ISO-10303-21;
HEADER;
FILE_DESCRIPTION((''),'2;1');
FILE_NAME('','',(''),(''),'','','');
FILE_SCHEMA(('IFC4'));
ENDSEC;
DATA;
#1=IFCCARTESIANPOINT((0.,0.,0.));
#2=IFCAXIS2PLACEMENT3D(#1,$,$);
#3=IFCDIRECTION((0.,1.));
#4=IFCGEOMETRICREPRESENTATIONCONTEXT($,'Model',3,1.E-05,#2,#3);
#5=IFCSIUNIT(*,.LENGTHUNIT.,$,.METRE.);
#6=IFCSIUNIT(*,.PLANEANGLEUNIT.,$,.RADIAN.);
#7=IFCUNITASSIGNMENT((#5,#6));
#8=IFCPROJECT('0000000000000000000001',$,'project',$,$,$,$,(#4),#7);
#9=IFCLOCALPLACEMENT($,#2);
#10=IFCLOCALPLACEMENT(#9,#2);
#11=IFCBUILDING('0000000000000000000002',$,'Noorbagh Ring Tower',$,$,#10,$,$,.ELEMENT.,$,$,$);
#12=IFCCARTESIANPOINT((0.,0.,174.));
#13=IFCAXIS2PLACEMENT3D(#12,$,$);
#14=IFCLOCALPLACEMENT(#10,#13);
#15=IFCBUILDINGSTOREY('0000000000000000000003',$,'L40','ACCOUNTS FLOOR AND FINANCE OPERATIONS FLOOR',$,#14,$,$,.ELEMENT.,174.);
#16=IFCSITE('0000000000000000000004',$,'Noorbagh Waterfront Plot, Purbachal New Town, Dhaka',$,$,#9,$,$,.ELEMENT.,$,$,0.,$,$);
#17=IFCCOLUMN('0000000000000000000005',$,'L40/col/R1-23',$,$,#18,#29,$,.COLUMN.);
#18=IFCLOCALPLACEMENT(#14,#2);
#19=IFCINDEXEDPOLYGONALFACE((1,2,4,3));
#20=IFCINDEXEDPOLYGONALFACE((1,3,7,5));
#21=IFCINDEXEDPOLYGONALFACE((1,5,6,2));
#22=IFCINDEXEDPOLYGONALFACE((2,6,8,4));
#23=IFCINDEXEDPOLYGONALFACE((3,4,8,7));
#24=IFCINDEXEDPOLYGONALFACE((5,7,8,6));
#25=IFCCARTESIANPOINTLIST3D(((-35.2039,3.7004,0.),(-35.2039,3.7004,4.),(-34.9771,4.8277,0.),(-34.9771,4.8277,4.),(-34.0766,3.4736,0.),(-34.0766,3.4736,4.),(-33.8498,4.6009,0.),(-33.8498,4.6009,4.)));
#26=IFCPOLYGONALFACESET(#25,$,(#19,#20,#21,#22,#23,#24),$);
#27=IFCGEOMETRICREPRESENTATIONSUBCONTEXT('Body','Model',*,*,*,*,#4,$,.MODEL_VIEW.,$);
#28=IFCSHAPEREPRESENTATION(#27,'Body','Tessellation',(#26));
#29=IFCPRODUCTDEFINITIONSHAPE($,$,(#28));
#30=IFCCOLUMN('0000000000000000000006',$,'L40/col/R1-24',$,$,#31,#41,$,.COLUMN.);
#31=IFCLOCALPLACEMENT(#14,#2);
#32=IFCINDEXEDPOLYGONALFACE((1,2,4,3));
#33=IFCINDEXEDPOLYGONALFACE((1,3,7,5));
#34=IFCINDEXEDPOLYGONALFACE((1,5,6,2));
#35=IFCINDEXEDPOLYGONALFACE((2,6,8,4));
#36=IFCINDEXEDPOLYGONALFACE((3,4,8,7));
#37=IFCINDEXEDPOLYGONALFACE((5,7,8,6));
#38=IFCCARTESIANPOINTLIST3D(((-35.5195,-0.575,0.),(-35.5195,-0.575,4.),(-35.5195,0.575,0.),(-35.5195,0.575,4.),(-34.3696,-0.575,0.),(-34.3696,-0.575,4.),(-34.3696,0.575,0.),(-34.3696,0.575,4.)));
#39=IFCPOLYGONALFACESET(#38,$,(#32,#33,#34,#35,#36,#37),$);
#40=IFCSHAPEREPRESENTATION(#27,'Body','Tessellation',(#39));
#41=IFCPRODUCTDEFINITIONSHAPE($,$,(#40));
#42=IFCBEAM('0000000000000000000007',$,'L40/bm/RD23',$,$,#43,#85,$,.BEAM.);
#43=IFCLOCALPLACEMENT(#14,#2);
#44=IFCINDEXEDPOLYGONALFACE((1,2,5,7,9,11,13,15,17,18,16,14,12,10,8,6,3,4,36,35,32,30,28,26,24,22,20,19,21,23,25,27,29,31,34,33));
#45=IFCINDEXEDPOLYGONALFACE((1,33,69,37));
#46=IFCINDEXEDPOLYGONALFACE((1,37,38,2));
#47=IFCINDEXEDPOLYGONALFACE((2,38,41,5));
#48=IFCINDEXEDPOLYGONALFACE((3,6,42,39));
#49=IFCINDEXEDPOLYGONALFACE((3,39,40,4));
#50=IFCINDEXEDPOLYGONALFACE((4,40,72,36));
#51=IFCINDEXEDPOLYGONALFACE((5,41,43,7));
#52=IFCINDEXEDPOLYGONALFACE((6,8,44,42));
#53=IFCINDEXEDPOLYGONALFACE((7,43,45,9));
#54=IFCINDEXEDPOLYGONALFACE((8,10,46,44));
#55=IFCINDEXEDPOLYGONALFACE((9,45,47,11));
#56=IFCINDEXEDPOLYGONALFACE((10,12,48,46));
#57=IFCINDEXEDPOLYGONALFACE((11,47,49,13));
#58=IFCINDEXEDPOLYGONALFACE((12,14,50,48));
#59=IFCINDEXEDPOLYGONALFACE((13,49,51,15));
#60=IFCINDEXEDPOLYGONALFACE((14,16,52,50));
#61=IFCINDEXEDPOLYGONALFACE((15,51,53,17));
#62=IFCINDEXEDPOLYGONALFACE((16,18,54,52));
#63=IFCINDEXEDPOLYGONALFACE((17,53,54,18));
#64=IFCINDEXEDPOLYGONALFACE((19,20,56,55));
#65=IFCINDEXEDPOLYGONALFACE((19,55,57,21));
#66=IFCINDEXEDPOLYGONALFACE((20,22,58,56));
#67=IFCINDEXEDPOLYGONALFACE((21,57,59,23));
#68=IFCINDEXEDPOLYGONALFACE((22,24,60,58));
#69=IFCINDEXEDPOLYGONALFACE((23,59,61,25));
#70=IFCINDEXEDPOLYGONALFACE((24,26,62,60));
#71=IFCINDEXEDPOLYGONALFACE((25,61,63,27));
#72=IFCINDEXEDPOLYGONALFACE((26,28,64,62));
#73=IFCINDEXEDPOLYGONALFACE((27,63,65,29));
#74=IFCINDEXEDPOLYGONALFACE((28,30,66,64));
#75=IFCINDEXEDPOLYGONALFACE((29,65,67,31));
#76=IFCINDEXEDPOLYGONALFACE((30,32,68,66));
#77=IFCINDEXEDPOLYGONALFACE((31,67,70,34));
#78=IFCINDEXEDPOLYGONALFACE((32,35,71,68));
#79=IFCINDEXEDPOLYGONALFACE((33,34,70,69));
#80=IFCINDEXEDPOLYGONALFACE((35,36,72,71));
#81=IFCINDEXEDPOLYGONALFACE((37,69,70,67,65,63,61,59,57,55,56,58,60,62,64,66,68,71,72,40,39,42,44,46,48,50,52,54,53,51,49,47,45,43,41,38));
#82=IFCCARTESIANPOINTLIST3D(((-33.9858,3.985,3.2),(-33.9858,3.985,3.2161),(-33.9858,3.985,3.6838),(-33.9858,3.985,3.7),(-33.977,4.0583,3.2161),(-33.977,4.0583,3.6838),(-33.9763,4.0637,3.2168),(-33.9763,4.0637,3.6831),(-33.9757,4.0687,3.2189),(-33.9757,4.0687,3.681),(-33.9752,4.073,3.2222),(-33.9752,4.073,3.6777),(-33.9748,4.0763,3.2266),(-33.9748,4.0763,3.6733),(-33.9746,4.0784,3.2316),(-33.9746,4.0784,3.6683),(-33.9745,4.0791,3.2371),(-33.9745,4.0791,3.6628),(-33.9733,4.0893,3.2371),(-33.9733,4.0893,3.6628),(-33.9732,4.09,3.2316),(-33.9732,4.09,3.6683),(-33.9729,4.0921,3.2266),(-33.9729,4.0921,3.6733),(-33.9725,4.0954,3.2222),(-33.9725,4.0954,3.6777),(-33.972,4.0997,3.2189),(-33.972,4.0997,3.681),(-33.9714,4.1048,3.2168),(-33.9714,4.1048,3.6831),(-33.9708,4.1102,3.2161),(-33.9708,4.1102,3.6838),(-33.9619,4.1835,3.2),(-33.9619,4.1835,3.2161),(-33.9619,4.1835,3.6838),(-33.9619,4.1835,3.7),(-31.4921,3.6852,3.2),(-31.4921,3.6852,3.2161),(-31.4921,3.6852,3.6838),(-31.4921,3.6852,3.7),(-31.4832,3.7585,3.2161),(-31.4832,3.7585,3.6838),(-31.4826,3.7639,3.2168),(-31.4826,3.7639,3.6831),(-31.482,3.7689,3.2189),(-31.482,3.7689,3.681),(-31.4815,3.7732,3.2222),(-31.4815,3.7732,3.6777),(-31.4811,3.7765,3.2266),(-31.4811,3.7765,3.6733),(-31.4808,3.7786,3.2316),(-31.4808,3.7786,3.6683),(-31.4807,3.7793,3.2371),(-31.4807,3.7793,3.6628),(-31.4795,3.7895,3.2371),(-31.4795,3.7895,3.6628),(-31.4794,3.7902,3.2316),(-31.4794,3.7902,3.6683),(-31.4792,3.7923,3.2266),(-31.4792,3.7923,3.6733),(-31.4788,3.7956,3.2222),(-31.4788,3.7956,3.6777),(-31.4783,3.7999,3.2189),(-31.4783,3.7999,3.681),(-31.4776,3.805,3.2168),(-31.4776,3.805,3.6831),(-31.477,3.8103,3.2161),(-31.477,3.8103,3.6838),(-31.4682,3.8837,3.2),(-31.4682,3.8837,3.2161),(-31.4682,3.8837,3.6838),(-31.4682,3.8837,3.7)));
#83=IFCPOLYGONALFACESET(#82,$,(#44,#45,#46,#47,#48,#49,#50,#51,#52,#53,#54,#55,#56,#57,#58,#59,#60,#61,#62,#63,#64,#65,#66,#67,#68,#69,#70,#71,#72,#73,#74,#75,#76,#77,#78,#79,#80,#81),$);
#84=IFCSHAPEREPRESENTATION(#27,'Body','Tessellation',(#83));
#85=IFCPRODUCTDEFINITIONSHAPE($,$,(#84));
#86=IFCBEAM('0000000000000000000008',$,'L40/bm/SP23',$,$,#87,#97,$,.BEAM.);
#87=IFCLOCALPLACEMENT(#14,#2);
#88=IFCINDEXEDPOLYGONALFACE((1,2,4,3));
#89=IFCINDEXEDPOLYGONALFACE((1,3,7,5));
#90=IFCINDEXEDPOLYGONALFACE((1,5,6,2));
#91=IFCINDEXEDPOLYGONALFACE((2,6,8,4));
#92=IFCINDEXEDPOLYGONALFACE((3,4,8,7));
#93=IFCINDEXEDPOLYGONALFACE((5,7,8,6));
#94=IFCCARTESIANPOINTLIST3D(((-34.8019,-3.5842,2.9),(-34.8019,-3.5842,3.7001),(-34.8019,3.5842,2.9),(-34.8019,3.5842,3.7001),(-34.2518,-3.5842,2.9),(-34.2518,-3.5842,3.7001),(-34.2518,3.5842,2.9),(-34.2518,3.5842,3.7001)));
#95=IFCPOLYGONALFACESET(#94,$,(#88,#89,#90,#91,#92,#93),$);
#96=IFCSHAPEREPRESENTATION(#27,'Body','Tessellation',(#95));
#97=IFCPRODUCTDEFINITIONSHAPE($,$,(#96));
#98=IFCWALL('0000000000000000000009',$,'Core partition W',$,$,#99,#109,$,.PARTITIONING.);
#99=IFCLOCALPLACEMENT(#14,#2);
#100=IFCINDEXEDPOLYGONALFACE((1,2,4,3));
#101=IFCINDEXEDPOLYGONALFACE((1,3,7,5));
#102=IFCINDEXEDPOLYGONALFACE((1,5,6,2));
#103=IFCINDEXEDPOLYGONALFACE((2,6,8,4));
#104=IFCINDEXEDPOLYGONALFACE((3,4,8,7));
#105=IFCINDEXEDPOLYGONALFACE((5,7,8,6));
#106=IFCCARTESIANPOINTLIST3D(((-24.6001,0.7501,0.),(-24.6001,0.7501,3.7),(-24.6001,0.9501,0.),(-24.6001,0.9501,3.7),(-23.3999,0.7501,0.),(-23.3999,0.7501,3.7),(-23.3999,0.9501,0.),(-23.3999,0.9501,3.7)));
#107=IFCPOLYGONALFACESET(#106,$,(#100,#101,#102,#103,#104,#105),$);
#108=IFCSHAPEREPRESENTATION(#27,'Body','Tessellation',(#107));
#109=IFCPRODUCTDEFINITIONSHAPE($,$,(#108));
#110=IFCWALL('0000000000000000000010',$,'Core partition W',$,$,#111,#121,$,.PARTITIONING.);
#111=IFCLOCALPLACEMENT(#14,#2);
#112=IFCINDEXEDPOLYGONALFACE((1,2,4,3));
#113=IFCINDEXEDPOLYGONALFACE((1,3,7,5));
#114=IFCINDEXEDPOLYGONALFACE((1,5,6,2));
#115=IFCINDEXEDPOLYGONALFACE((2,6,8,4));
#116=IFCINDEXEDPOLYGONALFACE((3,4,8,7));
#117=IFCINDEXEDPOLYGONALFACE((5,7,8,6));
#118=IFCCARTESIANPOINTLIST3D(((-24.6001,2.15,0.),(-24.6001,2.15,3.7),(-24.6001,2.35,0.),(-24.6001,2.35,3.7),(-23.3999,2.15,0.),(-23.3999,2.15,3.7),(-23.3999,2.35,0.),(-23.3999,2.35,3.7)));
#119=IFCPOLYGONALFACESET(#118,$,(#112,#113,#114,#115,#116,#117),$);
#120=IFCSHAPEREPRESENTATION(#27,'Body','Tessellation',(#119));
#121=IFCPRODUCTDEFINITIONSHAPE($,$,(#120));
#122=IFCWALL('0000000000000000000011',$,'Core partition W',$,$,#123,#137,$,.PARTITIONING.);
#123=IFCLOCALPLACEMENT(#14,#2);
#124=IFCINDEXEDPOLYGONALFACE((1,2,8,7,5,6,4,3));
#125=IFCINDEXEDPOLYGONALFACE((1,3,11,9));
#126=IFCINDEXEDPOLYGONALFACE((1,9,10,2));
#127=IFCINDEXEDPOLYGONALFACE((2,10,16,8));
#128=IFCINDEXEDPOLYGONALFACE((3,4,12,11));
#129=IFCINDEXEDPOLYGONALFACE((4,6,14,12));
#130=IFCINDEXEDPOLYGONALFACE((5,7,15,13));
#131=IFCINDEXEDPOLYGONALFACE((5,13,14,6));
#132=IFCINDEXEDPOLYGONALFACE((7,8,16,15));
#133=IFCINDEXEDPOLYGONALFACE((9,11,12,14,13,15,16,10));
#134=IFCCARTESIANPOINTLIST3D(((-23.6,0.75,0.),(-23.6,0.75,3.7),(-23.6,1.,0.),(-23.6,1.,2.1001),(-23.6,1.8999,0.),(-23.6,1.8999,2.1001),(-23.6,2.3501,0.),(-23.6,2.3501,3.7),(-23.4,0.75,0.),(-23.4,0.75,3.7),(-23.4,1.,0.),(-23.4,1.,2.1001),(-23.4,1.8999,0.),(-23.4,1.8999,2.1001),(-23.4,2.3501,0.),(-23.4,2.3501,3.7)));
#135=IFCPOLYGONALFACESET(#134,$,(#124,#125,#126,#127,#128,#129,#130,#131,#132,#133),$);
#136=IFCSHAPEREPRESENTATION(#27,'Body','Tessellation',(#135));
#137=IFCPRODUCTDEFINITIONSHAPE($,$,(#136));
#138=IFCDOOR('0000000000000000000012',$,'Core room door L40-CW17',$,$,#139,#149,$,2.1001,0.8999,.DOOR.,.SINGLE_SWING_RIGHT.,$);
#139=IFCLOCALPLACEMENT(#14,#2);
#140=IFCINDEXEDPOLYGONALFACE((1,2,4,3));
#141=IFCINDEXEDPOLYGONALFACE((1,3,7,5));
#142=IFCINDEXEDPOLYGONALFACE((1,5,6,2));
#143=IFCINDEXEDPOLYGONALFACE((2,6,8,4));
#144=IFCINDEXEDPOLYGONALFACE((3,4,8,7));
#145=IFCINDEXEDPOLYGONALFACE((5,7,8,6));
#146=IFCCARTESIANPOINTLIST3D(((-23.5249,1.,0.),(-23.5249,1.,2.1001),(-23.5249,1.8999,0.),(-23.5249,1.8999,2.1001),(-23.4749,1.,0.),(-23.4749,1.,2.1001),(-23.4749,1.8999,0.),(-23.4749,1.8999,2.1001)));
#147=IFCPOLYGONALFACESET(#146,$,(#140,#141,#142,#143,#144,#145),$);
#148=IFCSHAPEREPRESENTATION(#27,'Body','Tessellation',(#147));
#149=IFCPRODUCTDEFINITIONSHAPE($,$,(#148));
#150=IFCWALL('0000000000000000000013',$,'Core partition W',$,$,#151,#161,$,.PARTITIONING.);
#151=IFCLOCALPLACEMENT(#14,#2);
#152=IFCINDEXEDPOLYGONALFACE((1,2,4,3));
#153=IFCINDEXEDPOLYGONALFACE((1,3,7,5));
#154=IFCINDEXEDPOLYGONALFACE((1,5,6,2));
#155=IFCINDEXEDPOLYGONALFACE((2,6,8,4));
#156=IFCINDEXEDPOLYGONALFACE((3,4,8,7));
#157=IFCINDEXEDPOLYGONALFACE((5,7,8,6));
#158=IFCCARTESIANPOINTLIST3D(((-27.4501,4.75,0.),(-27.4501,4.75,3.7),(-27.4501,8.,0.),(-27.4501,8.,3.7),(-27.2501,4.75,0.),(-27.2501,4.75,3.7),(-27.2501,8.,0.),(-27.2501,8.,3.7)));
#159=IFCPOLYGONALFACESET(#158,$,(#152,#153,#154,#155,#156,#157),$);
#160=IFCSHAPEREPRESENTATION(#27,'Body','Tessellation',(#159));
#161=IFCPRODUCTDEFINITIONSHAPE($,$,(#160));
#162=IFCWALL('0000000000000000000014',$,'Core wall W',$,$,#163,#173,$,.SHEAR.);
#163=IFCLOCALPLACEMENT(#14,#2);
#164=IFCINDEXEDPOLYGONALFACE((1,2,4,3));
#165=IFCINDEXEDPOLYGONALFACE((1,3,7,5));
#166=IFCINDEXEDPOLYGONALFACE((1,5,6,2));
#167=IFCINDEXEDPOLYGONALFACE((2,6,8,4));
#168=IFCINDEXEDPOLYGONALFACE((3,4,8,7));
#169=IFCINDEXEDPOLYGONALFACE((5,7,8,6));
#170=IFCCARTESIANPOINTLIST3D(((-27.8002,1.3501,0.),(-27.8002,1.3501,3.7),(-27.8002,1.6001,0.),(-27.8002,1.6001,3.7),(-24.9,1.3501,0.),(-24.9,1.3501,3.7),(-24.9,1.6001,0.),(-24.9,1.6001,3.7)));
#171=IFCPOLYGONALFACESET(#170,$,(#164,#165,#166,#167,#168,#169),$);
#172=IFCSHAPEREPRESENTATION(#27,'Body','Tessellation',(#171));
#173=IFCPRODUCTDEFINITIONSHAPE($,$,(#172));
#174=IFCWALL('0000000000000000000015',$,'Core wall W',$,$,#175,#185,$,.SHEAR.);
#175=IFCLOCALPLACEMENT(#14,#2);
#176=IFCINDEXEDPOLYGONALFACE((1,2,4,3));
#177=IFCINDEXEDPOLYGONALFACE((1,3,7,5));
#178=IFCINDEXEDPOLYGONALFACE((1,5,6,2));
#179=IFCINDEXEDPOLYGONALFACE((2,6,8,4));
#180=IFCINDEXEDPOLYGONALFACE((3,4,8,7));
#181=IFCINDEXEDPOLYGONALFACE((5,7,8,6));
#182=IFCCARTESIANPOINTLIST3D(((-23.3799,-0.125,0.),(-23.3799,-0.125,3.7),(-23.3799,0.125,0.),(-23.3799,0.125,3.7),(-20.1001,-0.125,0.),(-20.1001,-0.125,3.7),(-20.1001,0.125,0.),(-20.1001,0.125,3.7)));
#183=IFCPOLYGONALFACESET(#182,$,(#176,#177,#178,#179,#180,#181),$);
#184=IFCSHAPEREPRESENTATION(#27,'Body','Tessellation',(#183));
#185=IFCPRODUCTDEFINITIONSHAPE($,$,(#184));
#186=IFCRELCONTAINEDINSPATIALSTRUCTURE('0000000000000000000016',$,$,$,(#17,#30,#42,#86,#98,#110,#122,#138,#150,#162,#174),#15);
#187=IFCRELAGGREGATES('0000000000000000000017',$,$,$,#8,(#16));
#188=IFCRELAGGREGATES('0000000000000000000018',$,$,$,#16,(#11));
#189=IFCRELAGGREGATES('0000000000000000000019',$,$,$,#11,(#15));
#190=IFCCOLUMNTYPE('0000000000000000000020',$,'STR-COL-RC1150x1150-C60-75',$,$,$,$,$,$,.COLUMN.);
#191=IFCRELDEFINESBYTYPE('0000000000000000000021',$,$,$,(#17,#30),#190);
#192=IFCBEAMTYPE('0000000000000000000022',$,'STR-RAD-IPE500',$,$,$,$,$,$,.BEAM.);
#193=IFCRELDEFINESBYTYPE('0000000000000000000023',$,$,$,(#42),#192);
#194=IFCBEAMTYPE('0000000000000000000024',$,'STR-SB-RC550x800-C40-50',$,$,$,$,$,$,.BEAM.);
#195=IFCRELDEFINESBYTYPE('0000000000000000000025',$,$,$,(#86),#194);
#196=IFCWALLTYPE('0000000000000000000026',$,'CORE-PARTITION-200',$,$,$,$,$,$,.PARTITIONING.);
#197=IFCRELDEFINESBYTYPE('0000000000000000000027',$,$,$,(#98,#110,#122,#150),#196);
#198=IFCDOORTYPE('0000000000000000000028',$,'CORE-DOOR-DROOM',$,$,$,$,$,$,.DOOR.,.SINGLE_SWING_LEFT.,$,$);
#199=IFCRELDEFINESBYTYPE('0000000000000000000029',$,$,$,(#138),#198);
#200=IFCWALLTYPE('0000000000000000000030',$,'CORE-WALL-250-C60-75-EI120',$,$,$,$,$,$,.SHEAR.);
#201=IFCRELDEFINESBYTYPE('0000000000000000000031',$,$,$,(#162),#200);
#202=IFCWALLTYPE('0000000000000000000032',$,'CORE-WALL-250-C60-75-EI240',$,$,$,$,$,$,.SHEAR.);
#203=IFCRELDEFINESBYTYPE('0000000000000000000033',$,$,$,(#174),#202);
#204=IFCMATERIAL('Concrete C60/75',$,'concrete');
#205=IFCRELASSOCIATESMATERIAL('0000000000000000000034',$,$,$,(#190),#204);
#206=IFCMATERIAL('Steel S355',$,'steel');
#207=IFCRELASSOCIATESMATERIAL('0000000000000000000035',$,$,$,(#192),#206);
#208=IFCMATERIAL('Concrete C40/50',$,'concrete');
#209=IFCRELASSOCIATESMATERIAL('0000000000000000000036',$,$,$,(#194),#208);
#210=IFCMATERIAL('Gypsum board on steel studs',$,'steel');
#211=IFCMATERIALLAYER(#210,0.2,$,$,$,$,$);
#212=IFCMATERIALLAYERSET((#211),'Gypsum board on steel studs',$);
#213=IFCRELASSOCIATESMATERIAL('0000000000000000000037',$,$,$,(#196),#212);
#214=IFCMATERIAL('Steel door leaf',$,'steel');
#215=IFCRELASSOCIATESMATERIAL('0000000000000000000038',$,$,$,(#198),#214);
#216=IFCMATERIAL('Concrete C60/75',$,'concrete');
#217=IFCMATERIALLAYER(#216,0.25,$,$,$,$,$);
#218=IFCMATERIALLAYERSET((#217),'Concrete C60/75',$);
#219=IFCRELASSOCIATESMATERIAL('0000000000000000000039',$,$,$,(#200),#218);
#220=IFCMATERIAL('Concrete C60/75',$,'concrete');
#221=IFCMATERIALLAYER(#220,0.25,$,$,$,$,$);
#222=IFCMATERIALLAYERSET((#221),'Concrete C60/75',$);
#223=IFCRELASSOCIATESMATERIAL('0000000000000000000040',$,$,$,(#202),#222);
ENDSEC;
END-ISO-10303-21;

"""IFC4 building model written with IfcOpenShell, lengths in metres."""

from ifc_helpers import new_model, si_unit, direction, frame, frame_2d, origin, origin_2d, place, context, subcontext, project, spatial, rectangle, i_section, extrude, material, layer, layer_set, material_profile, profile_set, type_object, element, fill, save


model = new_model("IFC4")

# Units and contexts
model_context = context("Model", 3, precision=1e-05, world=origin(), true_north=direction((0.0, 1.0)))
body_context = subcontext(model_context, "Body", "Model", "MODEL_VIEW")
ifc_project = project(units=[si_unit("LENGTHUNIT", "METRE"), si_unit("PLANEANGLEUNIT", "RADIAN")], contexts=[model_context])

# Site, building, storey
site_placement = place(None, origin())
site = spatial("IfcSite", under=ifc_project, at=site_placement, Name="Noorbagh Waterfront Plot, Purbachal New Town, Dhaka", CompositionType="ELEMENT", RefElevation=0.0)
building_placement = place(site_placement, origin())
building = spatial("IfcBuilding", under=site, at=building_placement, Name="Noorbagh Ring Tower", CompositionType="ELEMENT")
storey_placement = place(building_placement, frame((0.0, 0.0, 174.0)))
storey = spatial("IfcBuildingStorey", under=building, at=storey_placement, Name="L40", Description="ACCOUNTS FLOOR AND FINANCE OPERATIONS FLOOR", CompositionType="ELEMENT", Elevation=174.0)

# Columns
ifc_material_1 = material(Name="Concrete C60/75", Category="concrete")
ifc_material_profile_1 = material_profile(ifc_material_1, rectangle(XDim=1.1499, YDim=1.1499, at=origin_2d()), Name="RC1150x1150")
ifc_profile_set_1 = profile_set([ifc_material_profile_1], Name="Concrete C60/75")
column_type = type_object("IfcColumnType", Name="STR-COL-RC1150x1150-C60-75", PredefinedType="COLUMN", material=ifc_profile_set_1)
for number, where, z_axis, x_axis, name in (
    (1, (-34.5269, 4.1506, 0.0), (0.0, 0.0, 1.0), (-0.19723, -0.980357, 0.0), "L40/col/R1-23"),
    (2, (-34.9446, 0.0, 0.0), (0.0, 0.0, 1.0), (0.0, -1.0, 0.0), "L40/col/R1-24"),
):
    element("IfcColumn", number, at=place(storey_placement, frame(where, z_axis=z_axis, x_axis=x_axis)), inside=storey, type_object=column_type, Name=name, PredefinedType="COLUMN", context=body_context, shape_type="SweptSolid", body=[
        extrude(rectangle(XDim=1.1499, YDim=1.1499, at=origin_2d()), origin(), (0.0, 0.0, 1.0), 4.0),
    ])

# Beams
ifc_material_2 = material(Name="Steel S355", Category="steel")
ifc_material_profile_2 = material_profile(ifc_material_2, i_section(OverallWidth=0.2, OverallDepth=0.5, WebThickness=0.0103, FlangeThickness=0.0161, FilletRadius=0.021, at=origin_2d()), Name="IPE500")
ifc_profile_set_2 = profile_set([ifc_material_profile_2], Name="Steel S355")
beam_type_1 = type_object("IfcBeamType", Name="STR-RAD-IPE500", PredefinedType="BEAM", material=ifc_profile_set_2)
beam_1_placement = place(storey_placement, frame((-33.9739, 4.0842, 3.45), z_axis=(0.99285, -0.119368, 0.0), x_axis=(0.119368, 0.99285, 0.0)))
element("IfcBeam", 3, at=beam_1_placement, inside=storey, type_object=beam_type_1, Name="L40/bm/RD23", PredefinedType="BEAM", context=body_context, shape_type="SweptSolid", body=[
    extrude(i_section(OverallWidth=0.2, OverallDepth=0.5, WebThickness=0.0103, FlangeThickness=0.0161, FilletRadius=0.021, at=origin_2d()), origin(), (0.0, 0.0, 1.0), 2.5117),
])
ifc_material_3 = material(Name="Concrete C40/50", Category="concrete")
ifc_material_profile_3 = material_profile(ifc_material_3, rectangle(XDim=0.55, YDim=0.8, at=origin_2d()), Name="RC550x800")
ifc_profile_set_3 = profile_set([ifc_material_profile_3], Name="Concrete C40/50")
beam_type_2 = type_object("IfcBeamType", Name="STR-SB-RC550x800-C40-50", PredefinedType="BEAM", material=ifc_profile_set_3)
beam_2_placement = place(storey_placement, frame((-34.5269, 3.5842, 3.3), z_axis=(0.0, -1.0, 0.0), x_axis=(1.0, 0.0, 0.0)))
element("IfcBeam", 4, at=beam_2_placement, inside=storey, type_object=beam_type_2, Name="L40/bm/SP23", PredefinedType="BEAM", context=body_context, shape_type="SweptSolid", body=[
    extrude(rectangle(XDim=0.55, YDim=0.8, at=origin_2d()), origin(), (0.0, 0.0, 1.0), 7.1685),
])

# Walls
ifc_material_4 = material(Name="Gypsum board on steel studs", Category="steel")
ifc_layer_1 = layer(ifc_material_4, 0.2)
ifc_layer_set_1 = layer_set([ifc_layer_1], Name="Gypsum board on steel studs")
wall_type_1 = type_object("IfcWallType", Name="CORE-PARTITION-200", PredefinedType="PARTITIONING", material=ifc_layer_set_1)
for number, where, z_axis, x_axis, name in (
    (5, (-23.3999, 0.8501, 0.0), (0.0, 0.0, 1.0), (-1.0, 0.0, 0.0), "Core partition W"),
    (6, (-23.3999, 2.25, 0.0), (0.0, 0.0, 1.0), (-1.0, 0.0, 0.0), "Core partition W"),
):
    element("IfcWall", number, at=place(storey_placement, frame(where, z_axis=z_axis, x_axis=x_axis)), inside=storey, type_object=wall_type_1, Name=name, PredefinedType="PARTITIONING", context=body_context, shape_type="SweptSolid", body=[
        extrude(rectangle(XDim=1.2002, YDim=0.2, at=frame_2d((0.6001, 0.0))), origin(), (0.0, 0.0, 1.0), 3.7),
    ])

# Wall, opening, door
wall_1_placement = place(storey_placement, frame((-23.5, 0.75, 0.0), z_axis=(0.0, 0.0, 1.0), x_axis=(0.0, 1.0, 0.0)))
wall_1 = element("IfcWall", 7, at=wall_1_placement, inside=storey, type_object=wall_type_1, Name="Core partition W", PredefinedType="PARTITIONING", context=body_context, shape_type="SweptSolid", body=[
    extrude(rectangle(XDim=1.6001, YDim=0.2, at=frame_2d((0.8, 0.0))), origin(), (0.0, 0.0, 1.0), 3.7),
])
opening_1_placement = place(wall_1_placement, frame((0.25, 0.0, 0.0)))
opening_1 = element("IfcOpeningElement", 8, at=opening_1_placement, cuts=wall_1, PredefinedType="OPENING", context=body_context, shape_type="SweptSolid", body=[
    extrude(rectangle(XDim=0.8999, YDim=2.1001, at=frame_2d((0.45, 1.05))), frame((0.0, 0.1099, 0.0), z_axis=(0.0, -1.0, 0.0), x_axis=(1.0, 0.0, 0.0)), (0.0, 0.0, 1.0), 0.22),
])
ifc_material_5 = material(Name="Steel door leaf", Category="steel")
door_type_1 = type_object("IfcDoorType", Name="CORE-DOOR-DROOM", OperationType="SINGLE_SWING_LEFT", PredefinedType="DOOR", material=ifc_material_5)
door_1_placement = place(opening_1_placement, origin())
door_1 = element("IfcDoor", 9, at=door_1_placement, inside=storey, type_object=door_type_1, Name="Core room door L40-CW17", OperationType="SINGLE_SWING_RIGHT", OverallHeight=2.1001, OverallWidth=0.8999, PredefinedType="DOOR", context=body_context, shape_type="SweptSolid", body=[
    extrude(rectangle(XDim=0.8999, YDim=2.1001, at=frame_2d((0.45, 1.05))), frame((0.0, 0.0249, 0.0), z_axis=(0.0, -1.0, 0.0), x_axis=(1.0, 0.0, 0.0)), (0.0, 0.0, 1.0), 0.05),
])
fill(opening_1, door_1)

# Walls
wall_2_placement = place(storey_placement, frame((-27.3501, 4.75, 0.0), z_axis=(0.0, 0.0, 1.0), x_axis=(0.0, 1.0, 0.0)))
element("IfcWall", 10, at=wall_2_placement, inside=storey, type_object=wall_type_1, Name="Core partition W", PredefinedType="PARTITIONING", context=body_context, shape_type="SweptSolid", body=[
    extrude(rectangle(XDim=3.25, YDim=0.2, at=frame_2d((1.625, 0.0))), origin(), (0.0, 0.0, 1.0), 3.7),
])
ifc_material_6 = material(Name="Concrete C60/75", Category="concrete")
ifc_layer_2 = layer(ifc_material_6, 0.25)
ifc_layer_set_2 = layer_set([ifc_layer_2], Name="Concrete C60/75")
wall_type_2 = type_object("IfcWallType", Name="CORE-WALL-250-C60-75-EI120", PredefinedType="SHEAR", material=ifc_layer_set_2)
wall_3_placement = place(storey_placement, frame((-24.8999, 1.4751, 0.0), z_axis=(0.0, 0.0, 1.0), x_axis=(-1.0, 0.0, 0.0)))
element("IfcWall", 11, at=wall_3_placement, inside=storey, type_object=wall_type_2, Name="Core wall W", PredefinedType="SHEAR", context=body_context, shape_type="SweptSolid", body=[
    extrude(rectangle(XDim=2.9001, YDim=0.25, at=frame_2d((1.4502, 0.0))), origin(), (0.0, 0.0, 1.0), 3.7),
])
ifc_material_7 = material(Name="Concrete C60/75", Category="concrete")
ifc_layer_3 = layer(ifc_material_7, 0.25)
ifc_layer_set_3 = layer_set([ifc_layer_3], Name="Concrete C60/75")
wall_type_3 = type_object("IfcWallType", Name="CORE-WALL-250-C60-75-EI240", PredefinedType="SHEAR", material=ifc_layer_set_3)
wall_4_placement = place(storey_placement, frame((-20.1001, 0.0, 0.0), z_axis=(0.0, 0.0, 1.0), x_axis=(-1.0, 0.0, 0.0)))
element("IfcWall", 12, at=wall_4_placement, inside=storey, type_object=wall_type_3, Name="Core wall W", PredefinedType="SHEAR", context=body_context, shape_type="SweptSolid", body=[
    extrude(rectangle(XDim=3.2798, YDim=0.25, at=frame_2d((1.6399, 0.0))), origin(), (0.0, 0.0, 1.0), 3.7),
])

save(model, "model.ifc")
